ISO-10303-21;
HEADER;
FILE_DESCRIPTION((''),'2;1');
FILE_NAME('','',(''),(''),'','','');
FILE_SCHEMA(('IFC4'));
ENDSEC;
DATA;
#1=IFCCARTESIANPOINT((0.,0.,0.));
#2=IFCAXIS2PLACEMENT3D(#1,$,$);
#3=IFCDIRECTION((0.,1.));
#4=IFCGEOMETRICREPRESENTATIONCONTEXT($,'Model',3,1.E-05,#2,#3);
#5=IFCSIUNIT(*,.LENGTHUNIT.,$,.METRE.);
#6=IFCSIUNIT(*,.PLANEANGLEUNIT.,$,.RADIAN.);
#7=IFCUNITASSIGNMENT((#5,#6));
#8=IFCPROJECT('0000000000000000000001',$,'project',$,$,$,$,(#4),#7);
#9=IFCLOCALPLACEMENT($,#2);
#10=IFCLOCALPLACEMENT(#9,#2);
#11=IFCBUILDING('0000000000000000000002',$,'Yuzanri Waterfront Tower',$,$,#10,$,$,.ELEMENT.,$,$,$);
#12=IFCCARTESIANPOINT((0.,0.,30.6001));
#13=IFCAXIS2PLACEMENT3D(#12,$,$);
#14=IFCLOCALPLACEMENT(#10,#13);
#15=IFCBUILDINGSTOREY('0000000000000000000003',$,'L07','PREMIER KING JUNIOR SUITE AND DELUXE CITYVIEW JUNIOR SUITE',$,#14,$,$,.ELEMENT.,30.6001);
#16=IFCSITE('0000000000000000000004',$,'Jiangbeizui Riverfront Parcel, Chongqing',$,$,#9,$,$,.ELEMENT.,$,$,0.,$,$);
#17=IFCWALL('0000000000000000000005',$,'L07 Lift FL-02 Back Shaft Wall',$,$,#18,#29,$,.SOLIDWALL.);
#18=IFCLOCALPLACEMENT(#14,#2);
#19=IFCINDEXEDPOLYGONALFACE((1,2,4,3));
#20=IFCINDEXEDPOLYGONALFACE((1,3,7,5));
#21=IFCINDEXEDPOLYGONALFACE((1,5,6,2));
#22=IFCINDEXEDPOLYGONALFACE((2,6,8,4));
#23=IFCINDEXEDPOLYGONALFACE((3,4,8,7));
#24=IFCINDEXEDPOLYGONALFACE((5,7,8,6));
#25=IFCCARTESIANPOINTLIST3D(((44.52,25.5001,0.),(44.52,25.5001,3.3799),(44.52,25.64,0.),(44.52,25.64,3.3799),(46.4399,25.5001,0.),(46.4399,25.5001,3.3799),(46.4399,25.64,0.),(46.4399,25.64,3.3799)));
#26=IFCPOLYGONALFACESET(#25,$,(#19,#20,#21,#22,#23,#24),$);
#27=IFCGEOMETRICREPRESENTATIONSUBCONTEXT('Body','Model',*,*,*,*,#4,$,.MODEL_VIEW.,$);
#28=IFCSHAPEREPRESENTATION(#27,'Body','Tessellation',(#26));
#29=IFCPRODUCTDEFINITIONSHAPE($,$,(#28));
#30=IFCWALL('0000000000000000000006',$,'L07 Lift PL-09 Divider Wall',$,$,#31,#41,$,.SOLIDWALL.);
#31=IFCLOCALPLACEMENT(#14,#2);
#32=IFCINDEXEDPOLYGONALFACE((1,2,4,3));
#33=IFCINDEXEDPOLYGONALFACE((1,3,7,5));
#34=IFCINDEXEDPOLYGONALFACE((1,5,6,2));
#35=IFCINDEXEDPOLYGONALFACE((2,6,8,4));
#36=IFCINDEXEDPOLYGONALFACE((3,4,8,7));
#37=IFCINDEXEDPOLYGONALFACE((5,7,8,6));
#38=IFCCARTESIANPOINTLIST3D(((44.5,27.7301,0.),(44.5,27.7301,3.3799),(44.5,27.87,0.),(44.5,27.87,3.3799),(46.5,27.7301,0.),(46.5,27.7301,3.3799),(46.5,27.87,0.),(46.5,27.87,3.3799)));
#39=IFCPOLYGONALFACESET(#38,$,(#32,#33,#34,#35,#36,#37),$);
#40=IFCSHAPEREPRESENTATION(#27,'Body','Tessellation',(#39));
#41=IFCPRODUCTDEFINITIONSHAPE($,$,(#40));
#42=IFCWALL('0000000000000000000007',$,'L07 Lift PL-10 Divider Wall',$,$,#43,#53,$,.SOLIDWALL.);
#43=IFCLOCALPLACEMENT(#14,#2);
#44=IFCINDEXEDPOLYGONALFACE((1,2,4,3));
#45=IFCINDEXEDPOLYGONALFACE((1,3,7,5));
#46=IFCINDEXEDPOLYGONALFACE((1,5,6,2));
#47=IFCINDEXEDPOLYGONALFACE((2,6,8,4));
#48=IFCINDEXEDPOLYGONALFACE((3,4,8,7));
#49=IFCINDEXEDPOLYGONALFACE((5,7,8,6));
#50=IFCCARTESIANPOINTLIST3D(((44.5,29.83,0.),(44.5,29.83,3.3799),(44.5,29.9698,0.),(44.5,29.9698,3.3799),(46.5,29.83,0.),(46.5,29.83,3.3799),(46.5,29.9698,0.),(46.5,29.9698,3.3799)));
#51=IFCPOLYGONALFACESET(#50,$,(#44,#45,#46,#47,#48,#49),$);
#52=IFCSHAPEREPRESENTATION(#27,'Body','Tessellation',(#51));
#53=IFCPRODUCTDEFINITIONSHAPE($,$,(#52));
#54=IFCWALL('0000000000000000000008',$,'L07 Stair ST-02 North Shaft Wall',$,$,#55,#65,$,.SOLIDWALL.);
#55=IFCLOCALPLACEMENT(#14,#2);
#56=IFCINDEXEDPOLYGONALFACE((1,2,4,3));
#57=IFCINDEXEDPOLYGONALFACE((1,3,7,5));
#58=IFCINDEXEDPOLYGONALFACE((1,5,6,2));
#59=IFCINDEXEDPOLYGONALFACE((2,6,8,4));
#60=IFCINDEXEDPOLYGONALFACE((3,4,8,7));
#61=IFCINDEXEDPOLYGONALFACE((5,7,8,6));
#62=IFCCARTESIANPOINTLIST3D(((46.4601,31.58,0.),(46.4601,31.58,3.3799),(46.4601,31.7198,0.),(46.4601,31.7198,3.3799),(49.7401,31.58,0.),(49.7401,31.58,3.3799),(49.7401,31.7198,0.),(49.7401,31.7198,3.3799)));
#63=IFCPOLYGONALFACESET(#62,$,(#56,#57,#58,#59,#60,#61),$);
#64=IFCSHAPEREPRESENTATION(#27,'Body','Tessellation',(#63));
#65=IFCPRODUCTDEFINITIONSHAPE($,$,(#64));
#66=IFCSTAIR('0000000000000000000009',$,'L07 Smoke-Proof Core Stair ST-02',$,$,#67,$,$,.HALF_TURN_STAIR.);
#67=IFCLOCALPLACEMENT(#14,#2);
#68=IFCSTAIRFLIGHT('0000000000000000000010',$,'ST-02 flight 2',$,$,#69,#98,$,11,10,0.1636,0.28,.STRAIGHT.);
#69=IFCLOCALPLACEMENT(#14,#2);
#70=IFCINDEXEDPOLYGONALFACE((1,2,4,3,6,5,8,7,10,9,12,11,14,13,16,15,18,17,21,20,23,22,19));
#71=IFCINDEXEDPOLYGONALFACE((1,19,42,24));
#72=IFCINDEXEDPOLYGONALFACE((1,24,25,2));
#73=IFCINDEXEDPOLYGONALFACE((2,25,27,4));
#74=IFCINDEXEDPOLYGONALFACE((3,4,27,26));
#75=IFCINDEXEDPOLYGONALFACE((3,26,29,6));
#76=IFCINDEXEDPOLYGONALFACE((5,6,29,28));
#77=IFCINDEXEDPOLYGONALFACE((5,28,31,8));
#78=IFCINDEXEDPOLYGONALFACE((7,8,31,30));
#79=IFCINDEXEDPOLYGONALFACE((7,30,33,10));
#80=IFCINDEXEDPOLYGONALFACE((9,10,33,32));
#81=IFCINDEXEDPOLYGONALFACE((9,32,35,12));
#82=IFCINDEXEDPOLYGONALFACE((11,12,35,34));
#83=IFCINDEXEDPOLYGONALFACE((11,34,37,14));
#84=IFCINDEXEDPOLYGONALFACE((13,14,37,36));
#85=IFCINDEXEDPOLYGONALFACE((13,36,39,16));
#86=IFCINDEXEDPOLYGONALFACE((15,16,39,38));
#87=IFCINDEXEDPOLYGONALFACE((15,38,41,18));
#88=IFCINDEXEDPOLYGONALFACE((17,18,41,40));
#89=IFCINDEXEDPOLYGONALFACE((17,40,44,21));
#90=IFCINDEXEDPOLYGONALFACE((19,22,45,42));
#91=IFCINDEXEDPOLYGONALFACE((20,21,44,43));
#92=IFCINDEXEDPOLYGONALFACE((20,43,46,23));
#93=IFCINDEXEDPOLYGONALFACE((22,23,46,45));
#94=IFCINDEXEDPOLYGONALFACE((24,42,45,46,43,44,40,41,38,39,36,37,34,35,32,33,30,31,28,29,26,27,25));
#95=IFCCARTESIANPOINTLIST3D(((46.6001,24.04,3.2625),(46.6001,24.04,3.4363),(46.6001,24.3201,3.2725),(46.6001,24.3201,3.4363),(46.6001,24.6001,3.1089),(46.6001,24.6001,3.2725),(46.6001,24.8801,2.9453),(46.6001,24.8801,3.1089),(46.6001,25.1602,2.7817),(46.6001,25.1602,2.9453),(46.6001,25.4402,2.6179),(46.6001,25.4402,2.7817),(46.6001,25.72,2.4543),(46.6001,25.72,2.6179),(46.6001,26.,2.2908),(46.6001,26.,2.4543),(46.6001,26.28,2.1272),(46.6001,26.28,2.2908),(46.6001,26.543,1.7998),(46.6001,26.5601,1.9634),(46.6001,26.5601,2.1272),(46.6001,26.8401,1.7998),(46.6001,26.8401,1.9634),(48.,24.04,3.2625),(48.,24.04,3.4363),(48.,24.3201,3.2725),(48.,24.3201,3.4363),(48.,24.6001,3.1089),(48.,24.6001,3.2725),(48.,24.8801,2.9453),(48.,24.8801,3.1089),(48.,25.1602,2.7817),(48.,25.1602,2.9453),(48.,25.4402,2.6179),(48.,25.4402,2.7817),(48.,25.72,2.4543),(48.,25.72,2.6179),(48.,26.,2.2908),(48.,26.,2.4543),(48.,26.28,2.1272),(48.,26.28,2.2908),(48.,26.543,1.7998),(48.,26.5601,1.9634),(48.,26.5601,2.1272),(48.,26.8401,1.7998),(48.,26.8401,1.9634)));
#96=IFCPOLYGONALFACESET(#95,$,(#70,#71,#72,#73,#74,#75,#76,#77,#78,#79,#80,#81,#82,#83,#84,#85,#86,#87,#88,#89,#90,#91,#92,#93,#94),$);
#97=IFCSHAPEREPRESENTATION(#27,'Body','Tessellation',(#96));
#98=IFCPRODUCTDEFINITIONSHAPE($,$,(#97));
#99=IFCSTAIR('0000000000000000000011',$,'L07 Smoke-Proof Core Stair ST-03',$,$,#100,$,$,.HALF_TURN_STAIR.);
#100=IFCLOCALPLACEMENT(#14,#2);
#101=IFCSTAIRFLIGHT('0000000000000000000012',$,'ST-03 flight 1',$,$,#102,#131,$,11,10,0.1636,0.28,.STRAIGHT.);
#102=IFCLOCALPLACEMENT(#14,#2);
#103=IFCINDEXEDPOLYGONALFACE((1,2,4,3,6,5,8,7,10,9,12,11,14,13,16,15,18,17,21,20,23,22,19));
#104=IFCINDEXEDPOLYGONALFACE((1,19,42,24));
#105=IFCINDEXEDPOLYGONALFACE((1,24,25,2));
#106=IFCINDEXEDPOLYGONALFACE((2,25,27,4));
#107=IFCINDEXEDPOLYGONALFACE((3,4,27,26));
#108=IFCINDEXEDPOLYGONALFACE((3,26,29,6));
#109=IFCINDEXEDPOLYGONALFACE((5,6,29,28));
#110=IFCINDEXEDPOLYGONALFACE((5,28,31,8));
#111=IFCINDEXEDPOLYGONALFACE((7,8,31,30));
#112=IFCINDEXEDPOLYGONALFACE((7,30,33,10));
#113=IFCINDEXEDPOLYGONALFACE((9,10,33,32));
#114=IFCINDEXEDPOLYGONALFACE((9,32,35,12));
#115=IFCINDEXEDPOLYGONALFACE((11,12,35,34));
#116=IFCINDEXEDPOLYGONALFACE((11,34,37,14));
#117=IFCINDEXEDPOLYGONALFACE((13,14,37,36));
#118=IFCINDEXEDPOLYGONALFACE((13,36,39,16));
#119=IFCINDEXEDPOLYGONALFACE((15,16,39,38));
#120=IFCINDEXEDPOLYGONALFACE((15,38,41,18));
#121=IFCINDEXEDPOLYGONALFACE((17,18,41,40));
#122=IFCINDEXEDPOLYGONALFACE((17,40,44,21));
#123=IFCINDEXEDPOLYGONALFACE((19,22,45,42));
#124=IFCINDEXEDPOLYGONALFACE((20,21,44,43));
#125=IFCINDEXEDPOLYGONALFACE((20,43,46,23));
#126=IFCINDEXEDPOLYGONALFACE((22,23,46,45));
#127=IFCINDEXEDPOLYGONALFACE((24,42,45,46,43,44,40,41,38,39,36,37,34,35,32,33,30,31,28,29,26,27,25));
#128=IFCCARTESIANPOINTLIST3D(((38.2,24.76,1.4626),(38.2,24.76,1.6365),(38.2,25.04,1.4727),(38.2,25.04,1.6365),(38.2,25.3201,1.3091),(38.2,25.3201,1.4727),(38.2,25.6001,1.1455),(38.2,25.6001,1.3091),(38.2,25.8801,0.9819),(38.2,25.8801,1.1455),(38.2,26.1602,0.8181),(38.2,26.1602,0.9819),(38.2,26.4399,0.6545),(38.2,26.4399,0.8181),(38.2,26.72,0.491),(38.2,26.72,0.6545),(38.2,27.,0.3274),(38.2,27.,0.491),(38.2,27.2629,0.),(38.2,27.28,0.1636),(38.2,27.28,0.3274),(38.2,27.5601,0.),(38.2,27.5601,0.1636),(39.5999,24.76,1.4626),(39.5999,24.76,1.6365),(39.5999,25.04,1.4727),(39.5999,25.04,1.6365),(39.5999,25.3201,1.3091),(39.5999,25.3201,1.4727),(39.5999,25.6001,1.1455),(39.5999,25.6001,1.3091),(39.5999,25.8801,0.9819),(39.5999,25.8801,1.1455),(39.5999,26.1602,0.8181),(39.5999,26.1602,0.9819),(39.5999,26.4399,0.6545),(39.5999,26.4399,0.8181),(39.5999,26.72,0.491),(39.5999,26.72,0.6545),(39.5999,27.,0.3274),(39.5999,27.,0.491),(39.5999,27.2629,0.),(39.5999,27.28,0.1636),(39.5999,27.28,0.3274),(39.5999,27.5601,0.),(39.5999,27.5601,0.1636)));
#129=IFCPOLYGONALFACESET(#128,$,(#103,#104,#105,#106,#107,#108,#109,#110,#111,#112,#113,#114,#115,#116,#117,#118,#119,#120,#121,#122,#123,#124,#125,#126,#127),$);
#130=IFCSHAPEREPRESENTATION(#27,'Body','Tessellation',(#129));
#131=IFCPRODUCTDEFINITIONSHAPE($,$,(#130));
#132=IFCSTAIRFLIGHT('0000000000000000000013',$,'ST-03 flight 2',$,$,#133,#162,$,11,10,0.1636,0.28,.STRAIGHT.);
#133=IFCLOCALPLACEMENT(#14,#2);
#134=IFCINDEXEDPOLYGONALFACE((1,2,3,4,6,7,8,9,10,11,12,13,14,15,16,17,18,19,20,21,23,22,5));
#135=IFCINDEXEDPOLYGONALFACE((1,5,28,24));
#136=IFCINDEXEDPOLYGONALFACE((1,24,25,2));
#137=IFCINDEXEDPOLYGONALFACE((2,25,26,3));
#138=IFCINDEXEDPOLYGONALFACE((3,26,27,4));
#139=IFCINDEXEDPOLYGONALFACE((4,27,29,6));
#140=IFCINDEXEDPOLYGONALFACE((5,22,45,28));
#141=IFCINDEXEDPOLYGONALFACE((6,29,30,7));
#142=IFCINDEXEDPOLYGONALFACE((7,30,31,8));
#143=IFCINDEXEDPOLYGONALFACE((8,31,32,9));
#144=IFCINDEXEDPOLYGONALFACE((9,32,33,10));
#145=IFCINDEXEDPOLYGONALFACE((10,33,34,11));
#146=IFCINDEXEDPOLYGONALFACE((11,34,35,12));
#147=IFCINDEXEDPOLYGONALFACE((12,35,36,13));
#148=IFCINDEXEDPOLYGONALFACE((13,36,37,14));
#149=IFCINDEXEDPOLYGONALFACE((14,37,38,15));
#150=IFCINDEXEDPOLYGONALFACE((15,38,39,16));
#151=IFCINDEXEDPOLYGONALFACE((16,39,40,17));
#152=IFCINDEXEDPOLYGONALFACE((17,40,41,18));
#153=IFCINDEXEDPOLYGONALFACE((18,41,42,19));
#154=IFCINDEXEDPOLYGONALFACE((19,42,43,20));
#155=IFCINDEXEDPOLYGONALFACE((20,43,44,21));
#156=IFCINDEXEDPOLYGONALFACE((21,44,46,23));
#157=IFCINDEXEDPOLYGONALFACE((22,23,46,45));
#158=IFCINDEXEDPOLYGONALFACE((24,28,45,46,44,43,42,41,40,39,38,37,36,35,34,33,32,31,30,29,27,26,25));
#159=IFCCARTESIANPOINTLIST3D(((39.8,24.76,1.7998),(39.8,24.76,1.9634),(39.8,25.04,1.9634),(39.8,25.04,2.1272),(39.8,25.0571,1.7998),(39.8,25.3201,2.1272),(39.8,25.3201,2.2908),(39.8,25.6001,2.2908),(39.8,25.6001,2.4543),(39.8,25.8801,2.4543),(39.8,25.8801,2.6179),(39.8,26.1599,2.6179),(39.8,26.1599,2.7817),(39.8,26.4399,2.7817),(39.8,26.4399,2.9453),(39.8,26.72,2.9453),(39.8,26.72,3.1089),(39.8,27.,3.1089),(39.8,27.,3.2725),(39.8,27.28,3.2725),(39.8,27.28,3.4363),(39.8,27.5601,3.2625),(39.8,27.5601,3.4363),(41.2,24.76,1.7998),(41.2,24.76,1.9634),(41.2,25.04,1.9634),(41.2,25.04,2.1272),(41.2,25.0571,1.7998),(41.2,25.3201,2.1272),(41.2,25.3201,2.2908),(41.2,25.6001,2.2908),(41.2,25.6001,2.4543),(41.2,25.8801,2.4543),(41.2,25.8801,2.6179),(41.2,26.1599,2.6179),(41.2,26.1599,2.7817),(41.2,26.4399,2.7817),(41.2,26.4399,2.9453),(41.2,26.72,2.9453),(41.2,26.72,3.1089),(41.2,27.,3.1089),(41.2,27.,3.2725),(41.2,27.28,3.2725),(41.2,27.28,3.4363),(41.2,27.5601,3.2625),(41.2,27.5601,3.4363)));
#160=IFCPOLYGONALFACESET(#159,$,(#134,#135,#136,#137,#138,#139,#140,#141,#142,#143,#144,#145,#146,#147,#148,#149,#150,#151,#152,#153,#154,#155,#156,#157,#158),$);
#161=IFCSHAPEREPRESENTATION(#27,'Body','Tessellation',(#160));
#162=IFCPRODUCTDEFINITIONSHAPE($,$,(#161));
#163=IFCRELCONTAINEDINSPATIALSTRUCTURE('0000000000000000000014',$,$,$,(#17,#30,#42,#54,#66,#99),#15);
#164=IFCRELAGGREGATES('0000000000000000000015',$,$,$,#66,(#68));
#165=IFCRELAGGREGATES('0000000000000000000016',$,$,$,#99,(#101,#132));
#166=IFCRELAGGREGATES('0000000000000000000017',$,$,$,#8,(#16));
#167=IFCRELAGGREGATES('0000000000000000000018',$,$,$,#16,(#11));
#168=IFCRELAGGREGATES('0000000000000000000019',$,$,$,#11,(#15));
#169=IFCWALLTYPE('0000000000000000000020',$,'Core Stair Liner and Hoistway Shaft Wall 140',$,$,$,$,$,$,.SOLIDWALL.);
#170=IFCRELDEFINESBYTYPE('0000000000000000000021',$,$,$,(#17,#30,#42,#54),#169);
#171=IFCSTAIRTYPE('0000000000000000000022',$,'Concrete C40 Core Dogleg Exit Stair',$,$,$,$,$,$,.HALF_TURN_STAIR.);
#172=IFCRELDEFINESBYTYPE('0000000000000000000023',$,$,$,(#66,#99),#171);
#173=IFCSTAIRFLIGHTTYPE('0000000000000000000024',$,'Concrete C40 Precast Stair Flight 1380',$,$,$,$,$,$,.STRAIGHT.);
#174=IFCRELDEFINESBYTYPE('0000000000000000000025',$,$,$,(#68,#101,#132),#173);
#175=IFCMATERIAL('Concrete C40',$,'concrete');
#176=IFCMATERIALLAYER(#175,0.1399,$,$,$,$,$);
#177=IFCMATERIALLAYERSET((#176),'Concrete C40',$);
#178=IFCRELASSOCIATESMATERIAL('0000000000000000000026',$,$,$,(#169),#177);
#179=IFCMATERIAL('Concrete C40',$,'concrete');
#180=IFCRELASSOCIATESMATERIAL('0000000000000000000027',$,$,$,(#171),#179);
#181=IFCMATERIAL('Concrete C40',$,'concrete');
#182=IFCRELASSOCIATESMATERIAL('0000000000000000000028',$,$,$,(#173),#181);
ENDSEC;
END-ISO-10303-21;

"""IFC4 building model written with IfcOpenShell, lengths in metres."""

from ifc_helpers import new_model, si_unit, direction, frame, frame_2d, origin, place, context, subcontext, project, spatial, polyline, rectangle, outline, extrude, source, transform, mapped, material, layer, layer_set, type_object, element, aggregate, save


model = new_model("IFC4")

# Units and contexts
model_context = context("Model", 3, precision=1e-05, world=origin(), true_north=direction((0.0, 1.0)))
body_context = subcontext(model_context, "Body", "Model", "MODEL_VIEW")
ifc_project = project(units=[si_unit("LENGTHUNIT", "METRE"), si_unit("PLANEANGLEUNIT", "RADIAN")], contexts=[model_context])

# Site, building, storey
site_placement = place(None, origin())
site = spatial("IfcSite", under=ifc_project, at=site_placement, Name="Jiangbeizui Riverfront Parcel, Chongqing", CompositionType="ELEMENT", RefElevation=0.0)
building_placement = place(site_placement, origin())
building = spatial("IfcBuilding", under=site, at=building_placement, Name="Yuzanri Waterfront Tower", CompositionType="ELEMENT")
storey_placement = place(building_placement, frame((0.0, 0.0, 30.6001)))
storey = spatial("IfcBuildingStorey", under=building, at=storey_placement, Name="L07", Description="PREMIER KING JUNIOR SUITE AND DELUXE CITYVIEW JUNIOR SUITE", CompositionType="ELEMENT", Elevation=30.6001)

# Shared definitions
ifc_material_1 = material(Name="Concrete C40", Category="concrete")
ifc_layer_1 = layer(ifc_material_1, 0.1399)
ifc_layer_set_1 = layer_set([ifc_layer_1], Name="Concrete C40")
wall_type_1 = type_object("IfcWallType", Name="Core Stair Liner and Hoistway Shaft Wall 140", PredefinedType="SOLIDWALL", material=ifc_layer_set_1)

# Walls
shared_shape_1 = source(origin(), body_context, "Body", "SweptSolid", [
    extrude(rectangle(XDim=1.9199, YDim=0.1399, at=frame_2d((0.96, 0.0))), origin(), (0.0, 0.0, 1.0), 3.3799),
])
wall_1_placement = place(storey_placement, frame((44.52, 25.5701, 0.0), z_axis=(0.0, 0.0, 1.0), x_axis=(1.0, 0.0, 0.0)))
element("IfcWall", 1, at=wall_1_placement, inside=storey, type_object=wall_type_1, Name="L07 Lift FL-02 Back Shaft Wall", PredefinedType="SOLIDWALL", context=body_context, shape_type="MappedRepresentation", body=[
    mapped(shared_shape_1, transform((0.0, 0.0, 0.0), scale=1.0)),
])
shared_shape_2 = source(origin(), body_context, "Body", "SweptSolid", [
    extrude(rectangle(XDim=2.0, YDim=0.1399, at=frame_2d((1.0, 0.0))), origin(), (0.0, 0.0, 1.0), 3.3799),
])
for number, where, z_axis, x_axis, name in (
    (2, (44.5, 27.8, 0.0), (0.0, 0.0, 1.0), (1.0, 0.0, 0.0), "L07 Lift PL-09 Divider Wall"),
    (3, (44.5, 29.8999, 0.0), (0.0, 0.0, 1.0), (1.0, 0.0, 0.0), "L07 Lift PL-10 Divider Wall"),
):
    element("IfcWall", number, at=place(storey_placement, frame(where, z_axis=z_axis, x_axis=x_axis)), inside=storey, type_object=wall_type_1, Name=name, PredefinedType="SOLIDWALL", context=body_context, shape_type="MappedRepresentation", body=[
        mapped(shared_shape_2, transform((0.0, 0.0, 0.0), scale=1.0)),
    ])
shared_shape_3 = source(origin(), body_context, "Body", "SweptSolid", [
    extrude(rectangle(XDim=3.28, YDim=0.1399, at=frame_2d((1.6401, 0.0))), origin(), (0.0, 0.0, 1.0), 3.3799),
])
wall_2_placement = place(storey_placement, frame((46.46, 31.6499, 0.0), z_axis=(0.0, 0.0, 1.0), x_axis=(1.0, 0.0, 0.0)))
element("IfcWall", 4, at=wall_2_placement, inside=storey, type_object=wall_type_1, Name="L07 Stair ST-02 North Shaft Wall", PredefinedType="SOLIDWALL", context=body_context, shape_type="MappedRepresentation", body=[
    mapped(shared_shape_3, transform((0.0, 0.0, 0.0), scale=1.0)),
])

# Stair, stair flight
ifc_material_2 = material(Name="Concrete C40", Category="concrete")
stair_type = type_object("IfcStairType", Name="Concrete C40 Core Dogleg Exit Stair", PredefinedType="HALF_TURN_STAIR", material=ifc_material_2)
stair_1_placement = place(storey_placement, origin())
stair_1 = element("IfcStair", 5, at=stair_1_placement, inside=storey, type_object=stair_type, Name="L07 Smoke-Proof Core Stair ST-02", PredefinedType="HALF_TURN_STAIR")
ifc_material_3 = material(Name="Concrete C40", Category="concrete")
stair_flight_type = type_object("IfcStairFlightType", Name="Concrete C40 Precast Stair Flight 1380", PredefinedType="STRAIGHT", material=ifc_material_3)
shared_shape_4 = source(origin(), body_context, "Body", "SweptSolid", [
    extrude(outline(polyline([(0.0, 0.0), (0.0, 0.1636), (0.28, 0.1636), (0.28, 0.3274), (0.5601, 0.3274), (0.5601, 0.491), (0.8401, 0.491), (0.8401, 0.6545), (1.1201, 0.6545), (1.1201, 0.8181), (1.3999, 0.8181), (1.3999, 0.9819), (1.6799, 0.9819), (1.6799, 1.1455), (1.96, 1.1455), (1.96, 1.3091), (2.24, 1.3091), (2.24, 1.4727), (2.52, 1.4727), (2.52, 1.6365), (2.8, 1.6365), (2.8, 1.8), (2.8, 1.4626), (0.2971, 0.0), (0.0, 0.0)])), frame((0.0, 0.7, 0.0), z_axis=(0.0, -1.0, 0.0), x_axis=(1.0, 0.0, 0.0)), (0.0, 0.0, 1.0), 1.3999),
])
stair_flight_1_placement = place(storey_placement, frame((47.3, 26.8401, 1.7998), z_axis=(0.0, 0.0, 1.0), x_axis=(0.0, -1.0, 0.0)))
stair_flight_1 = element("IfcStairFlight", 6, at=stair_flight_1_placement, type_object=stair_flight_type, Name="ST-02 flight 2", NumberOfRisers=11, NumberOfTreads=10, PredefinedType="STRAIGHT", RiserHeight=0.1636, TreadLength=0.28, context=body_context, shape_type="MappedRepresentation", body=[
    mapped(shared_shape_4, transform((0.0, 0.0, 0.0), scale=1.0)),
])
aggregate(stair_1, [stair_flight_1])

# Stair, stair flights
stair_2_placement = place(storey_placement, origin())
stair_2 = element("IfcStair", 7, at=stair_2_placement, inside=storey, type_object=stair_type, Name="L07 Smoke-Proof Core Stair ST-03", PredefinedType="HALF_TURN_STAIR")
stair_flight_2_placement = place(storey_placement, frame((38.8999, 27.5601, 0.0), z_axis=(0.0, 0.0, 1.0), x_axis=(0.0, -1.0, 0.0)))
stair_flight_2 = element("IfcStairFlight", 8, at=stair_flight_2_placement, type_object=stair_flight_type, Name="ST-03 flight 1", NumberOfRisers=11, NumberOfTreads=10, PredefinedType="STRAIGHT", RiserHeight=0.1636, TreadLength=0.28, context=body_context, shape_type="MappedRepresentation", body=[
    mapped(shared_shape_4, transform((0.0, 0.0, 0.0), scale=1.0)),
])
stair_flight_3_placement = place(storey_placement, frame((40.5, 24.76, 1.7998), z_axis=(0.0, 0.0, 1.0), x_axis=(0.0, 1.0, 0.0)))
stair_flight_3 = element("IfcStairFlight", 9, at=stair_flight_3_placement, type_object=stair_flight_type, Name="ST-03 flight 2", NumberOfRisers=11, NumberOfTreads=10, PredefinedType="STRAIGHT", RiserHeight=0.1636, TreadLength=0.28, context=body_context, shape_type="MappedRepresentation", body=[
    mapped(shared_shape_4, transform((0.0, 0.0, 0.0), scale=1.0)),
])
aggregate(stair_2, [stair_flight_2, stair_flight_3])

save(model, "model.ifc")
